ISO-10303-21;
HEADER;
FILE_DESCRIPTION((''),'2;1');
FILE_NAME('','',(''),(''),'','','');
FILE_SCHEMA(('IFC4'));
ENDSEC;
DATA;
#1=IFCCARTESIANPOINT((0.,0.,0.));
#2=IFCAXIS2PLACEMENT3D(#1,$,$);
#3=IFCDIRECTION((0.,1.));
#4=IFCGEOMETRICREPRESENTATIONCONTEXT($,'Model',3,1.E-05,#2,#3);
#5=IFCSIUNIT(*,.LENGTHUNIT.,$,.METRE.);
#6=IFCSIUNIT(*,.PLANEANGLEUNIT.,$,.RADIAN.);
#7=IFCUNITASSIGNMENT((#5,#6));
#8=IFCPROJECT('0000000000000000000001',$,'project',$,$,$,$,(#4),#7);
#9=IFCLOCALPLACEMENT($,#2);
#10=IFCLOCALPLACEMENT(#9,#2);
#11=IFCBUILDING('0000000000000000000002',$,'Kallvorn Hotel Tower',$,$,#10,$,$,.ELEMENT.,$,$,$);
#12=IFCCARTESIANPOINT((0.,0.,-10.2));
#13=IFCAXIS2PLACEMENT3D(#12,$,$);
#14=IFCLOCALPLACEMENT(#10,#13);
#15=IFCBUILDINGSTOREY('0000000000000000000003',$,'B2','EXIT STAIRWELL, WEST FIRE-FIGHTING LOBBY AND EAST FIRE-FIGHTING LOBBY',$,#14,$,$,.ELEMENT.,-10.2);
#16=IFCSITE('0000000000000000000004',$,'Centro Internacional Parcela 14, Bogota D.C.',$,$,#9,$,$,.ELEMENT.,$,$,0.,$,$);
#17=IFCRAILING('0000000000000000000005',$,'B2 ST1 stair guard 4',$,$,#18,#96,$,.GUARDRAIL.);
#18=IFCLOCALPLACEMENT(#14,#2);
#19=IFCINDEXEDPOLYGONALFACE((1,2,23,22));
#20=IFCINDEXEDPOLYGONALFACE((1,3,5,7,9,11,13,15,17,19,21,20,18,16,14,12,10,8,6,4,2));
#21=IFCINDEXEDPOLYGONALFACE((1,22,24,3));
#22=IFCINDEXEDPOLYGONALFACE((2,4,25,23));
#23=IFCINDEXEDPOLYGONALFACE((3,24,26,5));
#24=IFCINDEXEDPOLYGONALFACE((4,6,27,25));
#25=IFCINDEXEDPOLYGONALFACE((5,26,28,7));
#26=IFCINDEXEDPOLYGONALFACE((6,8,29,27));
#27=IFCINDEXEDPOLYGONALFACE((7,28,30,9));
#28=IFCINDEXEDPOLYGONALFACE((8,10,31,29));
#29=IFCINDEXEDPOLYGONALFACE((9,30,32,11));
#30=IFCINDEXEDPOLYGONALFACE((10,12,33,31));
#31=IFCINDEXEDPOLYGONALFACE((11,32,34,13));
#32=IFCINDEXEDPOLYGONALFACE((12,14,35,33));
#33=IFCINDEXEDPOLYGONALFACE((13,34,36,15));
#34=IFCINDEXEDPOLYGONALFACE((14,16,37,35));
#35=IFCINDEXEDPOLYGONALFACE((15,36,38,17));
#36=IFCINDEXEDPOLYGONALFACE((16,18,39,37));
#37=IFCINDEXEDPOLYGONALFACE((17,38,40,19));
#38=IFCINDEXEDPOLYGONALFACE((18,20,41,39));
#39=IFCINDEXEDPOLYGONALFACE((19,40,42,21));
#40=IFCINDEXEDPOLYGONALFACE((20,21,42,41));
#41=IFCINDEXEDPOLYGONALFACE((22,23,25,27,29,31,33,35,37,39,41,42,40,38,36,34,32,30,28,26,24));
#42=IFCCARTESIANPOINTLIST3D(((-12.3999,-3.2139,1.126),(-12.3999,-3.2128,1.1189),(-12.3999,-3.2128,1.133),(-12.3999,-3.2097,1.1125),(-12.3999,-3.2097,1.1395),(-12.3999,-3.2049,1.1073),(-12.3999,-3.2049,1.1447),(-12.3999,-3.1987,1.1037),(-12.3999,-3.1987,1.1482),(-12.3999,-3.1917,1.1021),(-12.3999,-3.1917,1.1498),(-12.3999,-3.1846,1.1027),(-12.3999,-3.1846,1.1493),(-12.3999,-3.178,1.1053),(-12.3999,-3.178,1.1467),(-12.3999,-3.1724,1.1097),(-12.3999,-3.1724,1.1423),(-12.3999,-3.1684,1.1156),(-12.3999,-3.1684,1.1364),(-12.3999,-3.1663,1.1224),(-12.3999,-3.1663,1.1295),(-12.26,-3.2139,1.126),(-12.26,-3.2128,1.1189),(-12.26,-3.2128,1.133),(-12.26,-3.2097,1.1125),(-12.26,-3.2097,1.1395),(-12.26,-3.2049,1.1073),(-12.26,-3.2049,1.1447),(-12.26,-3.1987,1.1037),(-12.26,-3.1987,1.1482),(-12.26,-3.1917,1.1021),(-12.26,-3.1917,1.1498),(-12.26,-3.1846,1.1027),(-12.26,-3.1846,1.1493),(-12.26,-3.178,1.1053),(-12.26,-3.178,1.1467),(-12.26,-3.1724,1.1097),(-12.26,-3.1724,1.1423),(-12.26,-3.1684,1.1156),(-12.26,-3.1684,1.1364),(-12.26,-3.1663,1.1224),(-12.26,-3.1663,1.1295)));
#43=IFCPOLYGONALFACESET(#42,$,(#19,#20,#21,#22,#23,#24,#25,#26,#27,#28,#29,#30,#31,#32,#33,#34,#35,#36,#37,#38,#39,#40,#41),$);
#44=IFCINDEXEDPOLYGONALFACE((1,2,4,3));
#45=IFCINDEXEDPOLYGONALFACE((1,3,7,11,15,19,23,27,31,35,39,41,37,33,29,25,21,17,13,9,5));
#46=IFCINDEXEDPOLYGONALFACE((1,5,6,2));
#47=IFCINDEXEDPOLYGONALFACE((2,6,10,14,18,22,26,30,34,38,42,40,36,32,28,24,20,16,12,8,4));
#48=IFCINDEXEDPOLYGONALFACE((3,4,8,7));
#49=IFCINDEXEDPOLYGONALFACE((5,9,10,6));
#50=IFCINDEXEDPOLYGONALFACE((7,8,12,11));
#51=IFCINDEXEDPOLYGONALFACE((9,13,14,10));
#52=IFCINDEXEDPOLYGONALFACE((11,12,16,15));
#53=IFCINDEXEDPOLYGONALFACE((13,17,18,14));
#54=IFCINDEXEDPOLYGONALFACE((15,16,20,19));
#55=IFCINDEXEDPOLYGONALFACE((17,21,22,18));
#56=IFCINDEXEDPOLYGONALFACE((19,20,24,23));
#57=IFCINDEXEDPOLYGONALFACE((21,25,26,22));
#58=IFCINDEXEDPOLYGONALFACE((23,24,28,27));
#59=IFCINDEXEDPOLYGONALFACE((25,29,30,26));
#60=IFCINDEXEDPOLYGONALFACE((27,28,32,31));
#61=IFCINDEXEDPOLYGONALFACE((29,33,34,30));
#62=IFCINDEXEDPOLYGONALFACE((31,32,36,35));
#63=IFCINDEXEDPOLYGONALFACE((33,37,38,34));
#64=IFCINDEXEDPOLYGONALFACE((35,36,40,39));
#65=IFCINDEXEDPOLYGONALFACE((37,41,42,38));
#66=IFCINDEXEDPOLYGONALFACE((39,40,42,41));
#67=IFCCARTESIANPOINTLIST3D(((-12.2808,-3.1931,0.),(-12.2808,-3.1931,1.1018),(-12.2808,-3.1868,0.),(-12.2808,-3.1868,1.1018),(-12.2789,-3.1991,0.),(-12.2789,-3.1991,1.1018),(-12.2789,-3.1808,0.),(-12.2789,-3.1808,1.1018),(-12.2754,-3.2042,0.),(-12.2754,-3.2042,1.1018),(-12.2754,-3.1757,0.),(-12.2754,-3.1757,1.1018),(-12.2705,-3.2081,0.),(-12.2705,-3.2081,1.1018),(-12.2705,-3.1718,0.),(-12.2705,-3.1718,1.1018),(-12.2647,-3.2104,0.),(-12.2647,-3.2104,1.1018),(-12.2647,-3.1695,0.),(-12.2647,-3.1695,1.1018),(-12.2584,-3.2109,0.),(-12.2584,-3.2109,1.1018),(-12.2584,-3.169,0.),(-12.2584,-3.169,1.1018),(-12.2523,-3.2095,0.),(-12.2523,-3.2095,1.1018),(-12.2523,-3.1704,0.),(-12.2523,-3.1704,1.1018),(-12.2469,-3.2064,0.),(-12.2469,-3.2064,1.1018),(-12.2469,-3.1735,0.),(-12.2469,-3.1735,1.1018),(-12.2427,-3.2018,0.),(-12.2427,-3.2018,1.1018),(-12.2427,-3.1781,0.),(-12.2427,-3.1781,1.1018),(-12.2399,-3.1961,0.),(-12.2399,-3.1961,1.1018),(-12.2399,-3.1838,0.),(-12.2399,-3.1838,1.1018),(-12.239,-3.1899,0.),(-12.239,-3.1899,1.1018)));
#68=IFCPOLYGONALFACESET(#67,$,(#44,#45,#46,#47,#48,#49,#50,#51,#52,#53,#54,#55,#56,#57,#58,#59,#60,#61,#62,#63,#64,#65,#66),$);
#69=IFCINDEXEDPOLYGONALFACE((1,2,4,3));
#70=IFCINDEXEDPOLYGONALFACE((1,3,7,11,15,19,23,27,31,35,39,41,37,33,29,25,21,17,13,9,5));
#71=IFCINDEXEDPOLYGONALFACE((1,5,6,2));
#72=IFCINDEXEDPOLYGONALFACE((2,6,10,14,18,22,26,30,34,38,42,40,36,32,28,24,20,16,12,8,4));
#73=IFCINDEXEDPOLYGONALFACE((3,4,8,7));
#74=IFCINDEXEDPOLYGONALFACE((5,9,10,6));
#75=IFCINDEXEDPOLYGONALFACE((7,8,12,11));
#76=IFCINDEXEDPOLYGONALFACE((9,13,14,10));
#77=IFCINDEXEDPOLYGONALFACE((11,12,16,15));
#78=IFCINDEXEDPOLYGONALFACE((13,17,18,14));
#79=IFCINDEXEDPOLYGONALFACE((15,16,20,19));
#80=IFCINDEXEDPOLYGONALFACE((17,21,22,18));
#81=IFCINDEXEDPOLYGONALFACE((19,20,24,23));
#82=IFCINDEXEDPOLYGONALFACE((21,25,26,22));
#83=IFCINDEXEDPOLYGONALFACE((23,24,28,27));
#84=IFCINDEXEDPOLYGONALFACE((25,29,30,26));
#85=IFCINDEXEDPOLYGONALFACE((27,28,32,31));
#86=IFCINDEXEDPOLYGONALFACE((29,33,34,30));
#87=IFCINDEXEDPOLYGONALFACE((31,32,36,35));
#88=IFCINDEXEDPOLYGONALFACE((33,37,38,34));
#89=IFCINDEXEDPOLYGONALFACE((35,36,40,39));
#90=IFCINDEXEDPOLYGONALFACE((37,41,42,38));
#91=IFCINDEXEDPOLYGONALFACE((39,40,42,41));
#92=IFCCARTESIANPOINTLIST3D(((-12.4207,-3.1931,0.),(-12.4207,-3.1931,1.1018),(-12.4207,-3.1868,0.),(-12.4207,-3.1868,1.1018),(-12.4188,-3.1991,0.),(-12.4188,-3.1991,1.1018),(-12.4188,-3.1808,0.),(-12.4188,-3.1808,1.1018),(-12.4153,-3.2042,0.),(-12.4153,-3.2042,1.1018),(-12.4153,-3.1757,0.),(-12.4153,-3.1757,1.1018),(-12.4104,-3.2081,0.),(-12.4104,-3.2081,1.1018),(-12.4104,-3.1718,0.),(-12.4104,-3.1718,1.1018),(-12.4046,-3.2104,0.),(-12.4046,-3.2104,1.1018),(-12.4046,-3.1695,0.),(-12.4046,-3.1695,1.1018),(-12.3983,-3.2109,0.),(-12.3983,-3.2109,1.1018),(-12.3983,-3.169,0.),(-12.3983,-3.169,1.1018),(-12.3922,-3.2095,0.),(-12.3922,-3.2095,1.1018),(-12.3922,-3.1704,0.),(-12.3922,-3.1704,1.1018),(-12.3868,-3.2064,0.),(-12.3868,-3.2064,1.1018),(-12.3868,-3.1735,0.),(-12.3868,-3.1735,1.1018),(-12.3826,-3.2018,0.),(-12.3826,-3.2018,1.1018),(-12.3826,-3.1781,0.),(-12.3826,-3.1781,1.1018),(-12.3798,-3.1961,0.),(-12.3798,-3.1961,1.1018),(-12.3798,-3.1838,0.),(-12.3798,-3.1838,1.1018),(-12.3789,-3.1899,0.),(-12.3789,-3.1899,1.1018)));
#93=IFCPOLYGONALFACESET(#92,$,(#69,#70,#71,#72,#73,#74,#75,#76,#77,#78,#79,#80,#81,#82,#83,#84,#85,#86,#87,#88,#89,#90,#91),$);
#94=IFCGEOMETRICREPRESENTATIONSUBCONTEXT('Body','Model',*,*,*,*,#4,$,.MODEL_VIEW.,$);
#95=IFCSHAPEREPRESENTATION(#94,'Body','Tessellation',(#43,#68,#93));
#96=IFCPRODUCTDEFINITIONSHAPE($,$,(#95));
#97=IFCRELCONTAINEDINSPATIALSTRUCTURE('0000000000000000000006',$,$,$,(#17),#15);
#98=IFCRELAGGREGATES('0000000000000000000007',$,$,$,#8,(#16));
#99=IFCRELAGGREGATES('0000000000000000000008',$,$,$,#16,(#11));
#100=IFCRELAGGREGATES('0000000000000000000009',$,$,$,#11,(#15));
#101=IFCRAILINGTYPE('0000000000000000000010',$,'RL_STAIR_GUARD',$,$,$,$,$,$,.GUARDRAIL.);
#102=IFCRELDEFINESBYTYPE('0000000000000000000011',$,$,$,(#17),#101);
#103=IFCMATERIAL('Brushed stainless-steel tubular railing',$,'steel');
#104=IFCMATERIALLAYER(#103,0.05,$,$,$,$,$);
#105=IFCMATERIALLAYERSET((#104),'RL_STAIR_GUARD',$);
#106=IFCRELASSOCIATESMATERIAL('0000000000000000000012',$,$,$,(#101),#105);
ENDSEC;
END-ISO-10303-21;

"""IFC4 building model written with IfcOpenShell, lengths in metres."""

from ifc_helpers import new_model, si_unit, direction, frame, origin, origin_2d, place, context, subcontext, project, spatial, circle, extrude, material, layer, layer_set, type_object, element, save


model = new_model("IFC4")

# Units and contexts
model_context = context("Model", 3, precision=1e-05, world=origin(), true_north=direction((0.0, 1.0)))
body_context = subcontext(model_context, "Body", "Model", "MODEL_VIEW")
ifc_project = project(units=[si_unit("LENGTHUNIT", "METRE"), si_unit("PLANEANGLEUNIT", "RADIAN")], contexts=[model_context])

# Site, building, storey
site_placement = place(None, origin())
site = spatial("IfcSite", under=ifc_project, at=site_placement, Name="Centro Internacional Parcela 14, Bogota D.C.", CompositionType="ELEMENT", RefElevation=0.0)
building_placement = place(site_placement, origin())
building = spatial("IfcBuilding", under=site, at=building_placement, Name="Kallvorn Hotel Tower", CompositionType="ELEMENT")
storey_placement = place(building_placement, frame((0.0, 0.0, -10.2)))
storey = spatial("IfcBuildingStorey", under=building, at=storey_placement, Name="B2", Description="EXIT STAIRWELL, WEST FIRE-FIGHTING LOBBY AND EAST FIRE-FIGHTING LOBBY", CompositionType="ELEMENT", Elevation=-10.2)

# Railing
ifc_material_1 = material(Name="Brushed stainless-steel tubular railing", Category="steel")
ifc_layer_1 = layer(ifc_material_1, 0.05)
ifc_layer_set_1 = layer_set([ifc_layer_1], Name="RL_STAIR_GUARD")
railing_type_1 = type_object("IfcRailingType", Name="RL_STAIR_GUARD", PredefinedType="GUARDRAIL", material=ifc_layer_set_1)
railing_1_placement = place(storey_placement, frame((-12.26, -3.1899, 0.0)))
element("IfcRailing", 1, at=railing_1_placement, inside=storey, type_object=railing_type_1, Name="B2 ST1 stair guard 4", PredefinedType="GUARDRAIL", context=body_context, shape_type="SweptSolid", body=[
    extrude(circle(Radius=0.0239, at=origin_2d()), frame((0.0, 0.0, 1.126), z_axis=(-1.0, 0.0, 0.0), x_axis=(0.0, -1.0, 0.0)), (0.0, 0.0, 1.0), 0.1399),
    extrude(circle(Radius=0.021, at=origin_2d()), origin(), (0.0, 0.0, 1.0), 1.1018),
    extrude(circle(Radius=0.021, at=origin_2d()), frame((-0.1399, 0.0, 0.0)), (0.0, 0.0, 1.0), 1.1018),
])

save(model, "model.ifc")
